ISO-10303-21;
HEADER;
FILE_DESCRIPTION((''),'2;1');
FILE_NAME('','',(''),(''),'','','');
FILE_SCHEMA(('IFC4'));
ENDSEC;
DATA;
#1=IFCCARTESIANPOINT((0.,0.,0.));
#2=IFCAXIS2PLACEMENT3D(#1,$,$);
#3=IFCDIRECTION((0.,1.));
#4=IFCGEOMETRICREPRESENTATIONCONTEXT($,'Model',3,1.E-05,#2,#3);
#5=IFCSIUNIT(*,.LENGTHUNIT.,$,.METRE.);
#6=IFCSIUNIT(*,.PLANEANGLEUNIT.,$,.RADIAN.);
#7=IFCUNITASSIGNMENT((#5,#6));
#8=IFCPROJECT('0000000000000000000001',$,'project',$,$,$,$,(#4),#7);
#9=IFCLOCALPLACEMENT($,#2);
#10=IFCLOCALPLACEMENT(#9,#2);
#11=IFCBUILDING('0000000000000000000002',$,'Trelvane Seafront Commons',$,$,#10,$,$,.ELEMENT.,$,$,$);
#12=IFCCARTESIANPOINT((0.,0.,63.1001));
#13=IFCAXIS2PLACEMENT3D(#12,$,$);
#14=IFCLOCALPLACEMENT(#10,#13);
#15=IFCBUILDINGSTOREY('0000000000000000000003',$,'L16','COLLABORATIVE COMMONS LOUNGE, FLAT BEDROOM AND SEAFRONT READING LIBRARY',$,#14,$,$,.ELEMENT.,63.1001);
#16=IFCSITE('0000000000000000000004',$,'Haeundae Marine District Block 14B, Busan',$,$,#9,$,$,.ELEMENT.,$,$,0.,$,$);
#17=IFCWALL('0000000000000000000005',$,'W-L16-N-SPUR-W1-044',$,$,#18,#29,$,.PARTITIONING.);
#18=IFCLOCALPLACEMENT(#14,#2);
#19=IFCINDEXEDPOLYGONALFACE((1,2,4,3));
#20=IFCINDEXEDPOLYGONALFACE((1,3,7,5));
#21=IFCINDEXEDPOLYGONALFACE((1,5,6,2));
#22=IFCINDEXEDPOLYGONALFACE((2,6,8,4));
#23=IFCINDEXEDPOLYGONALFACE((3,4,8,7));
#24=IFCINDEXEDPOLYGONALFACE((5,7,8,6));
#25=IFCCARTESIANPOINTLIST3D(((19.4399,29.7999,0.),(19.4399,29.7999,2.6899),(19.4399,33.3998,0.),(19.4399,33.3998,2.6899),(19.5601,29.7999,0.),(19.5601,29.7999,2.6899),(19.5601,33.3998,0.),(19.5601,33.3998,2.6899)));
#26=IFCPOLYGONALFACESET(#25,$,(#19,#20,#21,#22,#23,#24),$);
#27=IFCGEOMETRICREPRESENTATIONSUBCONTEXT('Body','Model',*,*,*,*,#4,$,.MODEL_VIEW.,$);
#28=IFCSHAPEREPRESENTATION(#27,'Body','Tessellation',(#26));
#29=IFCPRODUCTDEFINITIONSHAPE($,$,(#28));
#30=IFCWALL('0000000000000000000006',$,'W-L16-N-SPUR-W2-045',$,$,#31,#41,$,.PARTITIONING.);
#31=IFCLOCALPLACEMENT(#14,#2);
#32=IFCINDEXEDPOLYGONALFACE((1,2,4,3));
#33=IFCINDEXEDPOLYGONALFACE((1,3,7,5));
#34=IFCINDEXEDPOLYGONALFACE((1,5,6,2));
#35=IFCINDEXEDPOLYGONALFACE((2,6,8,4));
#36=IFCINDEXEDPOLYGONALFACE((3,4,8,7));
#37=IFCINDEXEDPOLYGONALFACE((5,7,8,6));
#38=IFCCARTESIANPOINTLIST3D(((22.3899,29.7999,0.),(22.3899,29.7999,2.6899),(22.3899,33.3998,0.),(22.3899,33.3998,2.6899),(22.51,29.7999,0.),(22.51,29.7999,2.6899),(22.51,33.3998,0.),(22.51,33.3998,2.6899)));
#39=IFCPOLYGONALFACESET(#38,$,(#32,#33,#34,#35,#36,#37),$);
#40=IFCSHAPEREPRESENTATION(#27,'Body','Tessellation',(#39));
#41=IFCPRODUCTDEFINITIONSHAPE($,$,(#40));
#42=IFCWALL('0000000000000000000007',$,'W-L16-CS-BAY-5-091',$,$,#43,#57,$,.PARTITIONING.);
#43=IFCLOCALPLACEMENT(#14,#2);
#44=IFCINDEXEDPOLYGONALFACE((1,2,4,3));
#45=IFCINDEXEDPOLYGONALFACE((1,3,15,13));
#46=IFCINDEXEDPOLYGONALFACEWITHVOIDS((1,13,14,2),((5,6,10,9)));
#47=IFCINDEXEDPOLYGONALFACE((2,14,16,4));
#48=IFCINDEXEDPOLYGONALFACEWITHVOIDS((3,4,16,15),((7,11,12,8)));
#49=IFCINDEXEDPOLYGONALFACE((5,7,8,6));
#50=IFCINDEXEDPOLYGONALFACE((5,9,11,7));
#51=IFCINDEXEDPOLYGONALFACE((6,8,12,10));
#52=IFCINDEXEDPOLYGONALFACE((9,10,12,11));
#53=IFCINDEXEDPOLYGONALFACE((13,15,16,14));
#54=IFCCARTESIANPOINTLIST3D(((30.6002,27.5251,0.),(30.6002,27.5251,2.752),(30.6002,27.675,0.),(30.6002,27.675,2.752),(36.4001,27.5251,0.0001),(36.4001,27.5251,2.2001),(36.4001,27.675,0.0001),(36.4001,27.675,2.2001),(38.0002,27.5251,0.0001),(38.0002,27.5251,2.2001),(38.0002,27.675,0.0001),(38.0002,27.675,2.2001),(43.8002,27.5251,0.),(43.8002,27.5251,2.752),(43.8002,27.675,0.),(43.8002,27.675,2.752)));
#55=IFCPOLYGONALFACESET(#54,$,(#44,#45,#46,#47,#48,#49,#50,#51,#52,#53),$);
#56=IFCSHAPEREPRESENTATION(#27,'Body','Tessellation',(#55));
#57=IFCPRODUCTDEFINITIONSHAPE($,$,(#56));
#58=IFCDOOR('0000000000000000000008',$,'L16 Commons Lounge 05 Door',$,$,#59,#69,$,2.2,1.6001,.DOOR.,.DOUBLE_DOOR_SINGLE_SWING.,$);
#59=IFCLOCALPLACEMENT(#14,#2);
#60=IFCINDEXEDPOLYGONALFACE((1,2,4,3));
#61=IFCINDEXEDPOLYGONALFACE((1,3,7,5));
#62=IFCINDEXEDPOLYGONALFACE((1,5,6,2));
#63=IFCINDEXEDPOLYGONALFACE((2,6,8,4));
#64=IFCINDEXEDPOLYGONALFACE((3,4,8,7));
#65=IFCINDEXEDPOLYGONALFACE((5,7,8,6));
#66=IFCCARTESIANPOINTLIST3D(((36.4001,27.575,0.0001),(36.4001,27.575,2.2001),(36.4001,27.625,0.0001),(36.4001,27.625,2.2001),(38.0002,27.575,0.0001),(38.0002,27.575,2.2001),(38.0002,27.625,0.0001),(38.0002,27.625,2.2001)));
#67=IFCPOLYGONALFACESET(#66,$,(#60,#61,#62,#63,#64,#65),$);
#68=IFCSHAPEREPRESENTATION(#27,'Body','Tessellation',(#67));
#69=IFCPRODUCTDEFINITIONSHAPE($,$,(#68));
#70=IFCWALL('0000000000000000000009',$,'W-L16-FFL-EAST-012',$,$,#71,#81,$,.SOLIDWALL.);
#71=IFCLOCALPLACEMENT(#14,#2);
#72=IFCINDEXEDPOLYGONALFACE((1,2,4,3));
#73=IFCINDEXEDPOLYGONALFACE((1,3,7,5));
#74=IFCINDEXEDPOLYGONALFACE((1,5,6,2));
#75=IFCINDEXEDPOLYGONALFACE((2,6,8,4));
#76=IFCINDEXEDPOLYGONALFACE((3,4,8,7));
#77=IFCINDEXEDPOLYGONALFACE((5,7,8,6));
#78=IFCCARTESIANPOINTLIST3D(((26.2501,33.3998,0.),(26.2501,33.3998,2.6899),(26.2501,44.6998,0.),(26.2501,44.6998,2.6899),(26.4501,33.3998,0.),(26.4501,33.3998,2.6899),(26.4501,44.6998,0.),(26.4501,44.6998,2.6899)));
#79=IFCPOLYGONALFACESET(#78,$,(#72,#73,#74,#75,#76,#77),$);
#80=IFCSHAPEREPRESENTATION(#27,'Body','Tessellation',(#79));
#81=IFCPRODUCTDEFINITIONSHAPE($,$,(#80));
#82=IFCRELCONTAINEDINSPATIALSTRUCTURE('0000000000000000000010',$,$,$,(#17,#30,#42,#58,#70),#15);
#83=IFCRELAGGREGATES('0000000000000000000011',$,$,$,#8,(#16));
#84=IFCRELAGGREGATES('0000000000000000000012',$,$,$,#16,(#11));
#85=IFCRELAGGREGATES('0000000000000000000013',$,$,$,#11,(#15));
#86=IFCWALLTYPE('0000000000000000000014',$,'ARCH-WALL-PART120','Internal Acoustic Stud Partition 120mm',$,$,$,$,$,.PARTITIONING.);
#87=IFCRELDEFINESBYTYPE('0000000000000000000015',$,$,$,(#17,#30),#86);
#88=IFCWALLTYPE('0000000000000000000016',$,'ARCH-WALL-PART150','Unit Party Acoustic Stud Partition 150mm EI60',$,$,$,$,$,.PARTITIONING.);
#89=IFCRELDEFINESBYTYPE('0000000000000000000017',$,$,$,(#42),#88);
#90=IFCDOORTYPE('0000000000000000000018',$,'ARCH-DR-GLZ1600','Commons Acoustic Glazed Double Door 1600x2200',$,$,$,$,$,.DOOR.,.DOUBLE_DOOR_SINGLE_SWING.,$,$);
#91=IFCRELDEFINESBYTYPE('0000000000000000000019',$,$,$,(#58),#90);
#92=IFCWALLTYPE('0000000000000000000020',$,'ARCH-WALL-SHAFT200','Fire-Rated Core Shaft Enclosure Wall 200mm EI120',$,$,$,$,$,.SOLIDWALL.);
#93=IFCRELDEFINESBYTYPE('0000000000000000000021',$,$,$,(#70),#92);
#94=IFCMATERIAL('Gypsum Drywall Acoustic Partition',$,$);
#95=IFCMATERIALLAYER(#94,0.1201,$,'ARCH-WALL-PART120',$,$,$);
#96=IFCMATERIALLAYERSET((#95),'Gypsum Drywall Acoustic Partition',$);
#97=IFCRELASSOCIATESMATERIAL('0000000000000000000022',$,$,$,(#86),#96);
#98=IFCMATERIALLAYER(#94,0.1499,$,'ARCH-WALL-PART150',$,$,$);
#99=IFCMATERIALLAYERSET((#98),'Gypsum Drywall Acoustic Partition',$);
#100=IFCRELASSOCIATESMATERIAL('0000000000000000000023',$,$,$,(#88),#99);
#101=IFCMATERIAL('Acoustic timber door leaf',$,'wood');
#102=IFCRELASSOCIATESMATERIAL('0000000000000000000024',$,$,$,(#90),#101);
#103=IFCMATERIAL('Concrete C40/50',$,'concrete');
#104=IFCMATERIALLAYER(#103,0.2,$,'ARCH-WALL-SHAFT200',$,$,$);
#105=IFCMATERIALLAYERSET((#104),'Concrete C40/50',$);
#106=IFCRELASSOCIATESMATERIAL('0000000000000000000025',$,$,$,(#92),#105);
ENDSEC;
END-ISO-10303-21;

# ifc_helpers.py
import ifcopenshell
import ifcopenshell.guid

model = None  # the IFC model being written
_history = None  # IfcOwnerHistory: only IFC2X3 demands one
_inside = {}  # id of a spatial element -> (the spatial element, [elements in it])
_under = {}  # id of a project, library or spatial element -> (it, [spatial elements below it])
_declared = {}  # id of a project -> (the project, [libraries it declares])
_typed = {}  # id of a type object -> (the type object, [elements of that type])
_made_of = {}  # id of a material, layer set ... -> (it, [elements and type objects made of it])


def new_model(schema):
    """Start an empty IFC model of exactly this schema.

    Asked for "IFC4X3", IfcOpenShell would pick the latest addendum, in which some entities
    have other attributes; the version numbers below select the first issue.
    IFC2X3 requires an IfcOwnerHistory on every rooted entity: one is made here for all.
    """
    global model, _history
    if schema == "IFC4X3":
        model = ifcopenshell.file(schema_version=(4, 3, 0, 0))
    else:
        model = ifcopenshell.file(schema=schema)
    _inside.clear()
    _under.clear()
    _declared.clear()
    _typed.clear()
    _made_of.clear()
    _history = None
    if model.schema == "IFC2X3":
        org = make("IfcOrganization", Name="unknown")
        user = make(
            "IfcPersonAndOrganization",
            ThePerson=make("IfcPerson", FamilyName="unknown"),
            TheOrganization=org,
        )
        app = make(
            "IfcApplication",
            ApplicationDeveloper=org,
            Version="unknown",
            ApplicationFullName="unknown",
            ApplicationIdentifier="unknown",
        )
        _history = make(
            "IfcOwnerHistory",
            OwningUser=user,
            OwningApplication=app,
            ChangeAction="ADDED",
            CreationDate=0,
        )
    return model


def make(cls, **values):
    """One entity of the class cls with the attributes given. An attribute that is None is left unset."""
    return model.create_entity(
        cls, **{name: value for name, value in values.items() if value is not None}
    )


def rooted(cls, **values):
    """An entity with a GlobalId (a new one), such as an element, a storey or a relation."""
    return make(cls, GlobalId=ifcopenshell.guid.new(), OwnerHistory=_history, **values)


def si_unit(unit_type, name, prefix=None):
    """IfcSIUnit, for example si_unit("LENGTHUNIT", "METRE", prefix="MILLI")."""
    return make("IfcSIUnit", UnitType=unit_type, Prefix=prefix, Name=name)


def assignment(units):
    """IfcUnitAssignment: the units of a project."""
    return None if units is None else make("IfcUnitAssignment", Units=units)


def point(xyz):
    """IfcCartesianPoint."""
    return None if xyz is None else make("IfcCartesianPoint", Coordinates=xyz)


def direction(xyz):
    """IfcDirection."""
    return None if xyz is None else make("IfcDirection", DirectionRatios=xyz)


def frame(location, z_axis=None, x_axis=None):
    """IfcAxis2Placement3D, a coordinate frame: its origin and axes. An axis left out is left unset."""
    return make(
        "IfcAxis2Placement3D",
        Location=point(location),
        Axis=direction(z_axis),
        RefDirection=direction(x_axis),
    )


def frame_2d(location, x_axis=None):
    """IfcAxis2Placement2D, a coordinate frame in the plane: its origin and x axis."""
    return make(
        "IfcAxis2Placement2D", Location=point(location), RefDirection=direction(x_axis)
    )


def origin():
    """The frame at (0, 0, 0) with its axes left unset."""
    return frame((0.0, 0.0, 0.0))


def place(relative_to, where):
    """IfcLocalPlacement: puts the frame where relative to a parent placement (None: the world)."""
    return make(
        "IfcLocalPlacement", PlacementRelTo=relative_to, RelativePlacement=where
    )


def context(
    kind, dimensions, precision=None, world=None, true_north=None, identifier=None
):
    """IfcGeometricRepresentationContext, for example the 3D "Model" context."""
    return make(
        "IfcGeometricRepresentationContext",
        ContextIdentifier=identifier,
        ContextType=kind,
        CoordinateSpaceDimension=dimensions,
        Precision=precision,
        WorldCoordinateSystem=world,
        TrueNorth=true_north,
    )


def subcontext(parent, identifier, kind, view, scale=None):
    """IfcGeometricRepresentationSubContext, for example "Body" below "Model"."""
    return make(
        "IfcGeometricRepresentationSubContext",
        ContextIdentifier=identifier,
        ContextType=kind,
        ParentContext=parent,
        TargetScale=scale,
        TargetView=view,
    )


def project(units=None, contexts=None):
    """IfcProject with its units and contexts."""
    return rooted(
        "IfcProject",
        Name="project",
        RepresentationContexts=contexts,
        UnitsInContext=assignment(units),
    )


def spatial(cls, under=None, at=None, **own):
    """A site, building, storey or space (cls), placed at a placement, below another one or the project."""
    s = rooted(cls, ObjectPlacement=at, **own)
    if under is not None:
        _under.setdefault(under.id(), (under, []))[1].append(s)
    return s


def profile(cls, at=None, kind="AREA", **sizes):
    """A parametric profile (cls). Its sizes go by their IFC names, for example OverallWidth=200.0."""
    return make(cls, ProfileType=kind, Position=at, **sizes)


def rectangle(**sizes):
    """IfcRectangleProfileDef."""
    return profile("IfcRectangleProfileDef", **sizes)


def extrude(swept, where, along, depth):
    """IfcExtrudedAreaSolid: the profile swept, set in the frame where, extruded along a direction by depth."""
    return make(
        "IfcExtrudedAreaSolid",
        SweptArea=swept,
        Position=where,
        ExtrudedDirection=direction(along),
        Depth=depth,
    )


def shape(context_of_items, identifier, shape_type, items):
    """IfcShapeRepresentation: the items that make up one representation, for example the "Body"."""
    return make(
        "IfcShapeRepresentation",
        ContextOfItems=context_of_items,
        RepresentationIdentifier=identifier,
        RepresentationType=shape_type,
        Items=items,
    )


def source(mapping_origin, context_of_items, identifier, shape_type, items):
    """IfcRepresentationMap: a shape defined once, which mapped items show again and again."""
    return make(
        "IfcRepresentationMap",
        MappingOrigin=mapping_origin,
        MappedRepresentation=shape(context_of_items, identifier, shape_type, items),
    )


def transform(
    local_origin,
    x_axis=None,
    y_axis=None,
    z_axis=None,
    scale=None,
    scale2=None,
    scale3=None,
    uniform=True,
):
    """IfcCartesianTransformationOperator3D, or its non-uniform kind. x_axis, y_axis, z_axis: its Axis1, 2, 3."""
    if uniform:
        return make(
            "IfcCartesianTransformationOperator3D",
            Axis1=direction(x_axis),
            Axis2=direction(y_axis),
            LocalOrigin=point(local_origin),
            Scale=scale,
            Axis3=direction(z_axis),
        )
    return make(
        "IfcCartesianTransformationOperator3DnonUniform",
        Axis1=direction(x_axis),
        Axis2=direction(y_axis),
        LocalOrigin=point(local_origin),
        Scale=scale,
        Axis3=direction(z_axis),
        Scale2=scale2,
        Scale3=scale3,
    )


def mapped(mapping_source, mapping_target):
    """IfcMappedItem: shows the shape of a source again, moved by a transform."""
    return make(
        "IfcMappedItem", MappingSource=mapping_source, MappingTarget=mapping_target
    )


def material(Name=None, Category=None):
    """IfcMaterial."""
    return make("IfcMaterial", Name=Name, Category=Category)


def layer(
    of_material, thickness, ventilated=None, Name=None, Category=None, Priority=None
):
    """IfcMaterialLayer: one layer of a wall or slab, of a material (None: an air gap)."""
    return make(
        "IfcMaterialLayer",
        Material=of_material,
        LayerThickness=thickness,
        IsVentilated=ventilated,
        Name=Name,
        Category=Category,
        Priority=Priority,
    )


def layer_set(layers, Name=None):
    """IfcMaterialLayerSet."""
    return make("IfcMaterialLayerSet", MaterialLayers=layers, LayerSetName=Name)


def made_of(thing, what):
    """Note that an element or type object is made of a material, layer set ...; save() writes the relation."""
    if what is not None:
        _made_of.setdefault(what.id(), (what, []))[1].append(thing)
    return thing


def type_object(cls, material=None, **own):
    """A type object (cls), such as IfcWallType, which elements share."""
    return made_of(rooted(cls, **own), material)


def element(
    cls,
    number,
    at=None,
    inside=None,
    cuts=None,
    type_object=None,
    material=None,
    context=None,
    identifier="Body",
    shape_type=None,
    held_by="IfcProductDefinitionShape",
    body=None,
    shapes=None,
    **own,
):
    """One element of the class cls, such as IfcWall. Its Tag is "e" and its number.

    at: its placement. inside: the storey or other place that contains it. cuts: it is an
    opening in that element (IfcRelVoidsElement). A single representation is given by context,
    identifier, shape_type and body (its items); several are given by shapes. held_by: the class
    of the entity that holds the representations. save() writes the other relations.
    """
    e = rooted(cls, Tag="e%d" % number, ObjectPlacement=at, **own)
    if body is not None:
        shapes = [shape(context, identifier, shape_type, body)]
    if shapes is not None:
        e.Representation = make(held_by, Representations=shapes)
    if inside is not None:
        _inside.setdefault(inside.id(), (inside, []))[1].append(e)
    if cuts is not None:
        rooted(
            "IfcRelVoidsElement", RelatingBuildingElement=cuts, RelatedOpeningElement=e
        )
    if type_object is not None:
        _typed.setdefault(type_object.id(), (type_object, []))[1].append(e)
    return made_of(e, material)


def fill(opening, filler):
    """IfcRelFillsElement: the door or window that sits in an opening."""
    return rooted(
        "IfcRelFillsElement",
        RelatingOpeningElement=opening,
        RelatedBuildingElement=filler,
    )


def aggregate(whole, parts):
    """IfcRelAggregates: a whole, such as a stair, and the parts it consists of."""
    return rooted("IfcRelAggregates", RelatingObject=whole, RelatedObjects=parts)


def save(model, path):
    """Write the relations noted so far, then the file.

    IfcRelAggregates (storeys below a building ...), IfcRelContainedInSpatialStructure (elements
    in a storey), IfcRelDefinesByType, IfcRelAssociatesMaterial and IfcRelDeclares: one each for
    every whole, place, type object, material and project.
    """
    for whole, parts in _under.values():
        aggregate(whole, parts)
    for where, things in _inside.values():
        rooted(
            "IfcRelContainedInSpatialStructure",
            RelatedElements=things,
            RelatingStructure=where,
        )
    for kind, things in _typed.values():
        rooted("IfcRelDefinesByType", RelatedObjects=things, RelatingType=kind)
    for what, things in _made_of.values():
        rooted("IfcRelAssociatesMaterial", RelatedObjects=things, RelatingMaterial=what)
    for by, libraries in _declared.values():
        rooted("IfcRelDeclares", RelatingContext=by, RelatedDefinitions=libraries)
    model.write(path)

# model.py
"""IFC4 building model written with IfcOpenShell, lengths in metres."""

from ifc_helpers import new_model, si_unit, direction, frame, frame_2d, origin, place, context, subcontext, project, spatial, rectangle, extrude, source, transform, mapped, material, layer, layer_set, type_object, element, fill, save


model = new_model("IFC4")

# Units and contexts
model_context = context("Model", 3, precision=1e-05, world=origin(), true_north=direction((0.0, 1.0)))
body_context = subcontext(model_context, "Body", "Model", "MODEL_VIEW")
ifc_project = project(units=[si_unit("LENGTHUNIT", "METRE"), si_unit("PLANEANGLEUNIT", "RADIAN")], contexts=[model_context])

# Site, building, storey
site_placement = place(None, origin())
site = spatial("IfcSite", under=ifc_project, at=site_placement, Name="Haeundae Marine District Block 14B, Busan", CompositionType="ELEMENT", RefElevation=0.0)
building_placement = place(site_placement, origin())
building = spatial("IfcBuilding", under=site, at=building_placement, Name="Trelvane Seafront Commons", CompositionType="ELEMENT")
storey_placement = place(building_placement, frame((0.0, 0.0, 63.1001)))
storey = spatial("IfcBuildingStorey", under=building, at=storey_placement, Name="L16", Description="COLLABORATIVE COMMONS LOUNGE, FLAT BEDROOM AND SEAFRONT READING LIBRARY", CompositionType="ELEMENT", Elevation=63.1001)

# Shared definitions
ifc_material_1 = material(Name="Concrete C40/50", Category="concrete")
shared_shape_1 = source(origin(), body_context, "Body", "SweptSolid", [
    extrude(rectangle(XDim=1.6001, YDim=2.2, at=frame_2d((0.8, 1.1001))), frame((0.0, 0.0249, 0.0), z_axis=(0.0, -1.0, 0.0), x_axis=(1.0, 0.0, 0.0)), (0.0, 0.0, 1.0), 0.05),
])
ifc_material_2 = material(Name="Gypsum Drywall Acoustic Partition")
ifc_layer_1 = layer(ifc_material_2, 0.1201, Name="ARCH-WALL-PART120")
ifc_layer_set_1 = layer_set([ifc_layer_1], Name="Gypsum Drywall Acoustic Partition")
wall_type_1 = type_object("IfcWallType", Name="ARCH-WALL-PART120", Description="Internal Acoustic Stud Partition 120mm", PredefinedType="PARTITIONING", material=ifc_layer_set_1)
ifc_material_3 = material(Name="Acoustic timber door leaf", Category="wood")

# Walls
for number, where, z_axis, x_axis, name in (
    (1, (19.5, 29.8, 0.0), (0.0, 0.0, 1.0), (0.0, 1.0, 0.0), "W-L16-N-SPUR-W1-044"),
    (2, (22.45, 29.8, 0.0), (0.0, 0.0, 1.0), (0.0, 1.0, 0.0), "W-L16-N-SPUR-W2-045"),
):
    element("IfcWall", number, at=place(storey_placement, frame(where, z_axis=z_axis, x_axis=x_axis)), inside=storey, type_object=wall_type_1, Name=name, PredefinedType="PARTITIONING", context=body_context, shape_type="SweptSolid", body=[
        extrude(rectangle(XDim=3.5999, YDim=0.1201, at=frame_2d((1.7998, 0.0))), origin(), (0.0, 0.0, 1.0), 2.6899),
    ])

# Wall, opening, door
ifc_layer_2 = layer(ifc_material_2, 0.1499, Name="ARCH-WALL-PART150")
ifc_layer_set_2 = layer_set([ifc_layer_2], Name="Gypsum Drywall Acoustic Partition")
wall_type_2 = type_object("IfcWallType", Name="ARCH-WALL-PART150", Description="Unit Party Acoustic Stud Partition 150mm EI60", PredefinedType="PARTITIONING", material=ifc_layer_set_2)
wall_1_placement = place(storey_placement, frame((30.6001, 27.6001, 0.0), z_axis=(0.0, 0.0, 1.0), x_axis=(1.0, 0.0, 0.0)))
wall_1 = element("IfcWall", 3, at=wall_1_placement, inside=storey, type_object=wall_type_2, Name="W-L16-CS-BAY-5-091", PredefinedType="PARTITIONING", context=body_context, shape_type="SweptSolid", body=[
    extrude(rectangle(XDim=13.2, YDim=0.1499, at=frame_2d((6.6001, 0.0))), origin(), (0.0, 0.0, 1.0), 2.752),
])
opening_1_placement = place(wall_1_placement, frame((5.8, 0.0, 0.0)))
opening_1 = element("IfcOpeningElement", 4, at=opening_1_placement, cuts=wall_1, PredefinedType="OPENING", context=body_context, shape_type="SweptSolid", body=[
    extrude(rectangle(XDim=1.6001, YDim=2.2, at=frame_2d((0.8, 1.1001))), frame((0.0, 0.085, 0.0), z_axis=(0.0, -1.0, 0.0), x_axis=(1.0, 0.0, 0.0)), (0.0, 0.0, 1.0), 0.1699),
])
door_type_1 = type_object("IfcDoorType", Name="ARCH-DR-GLZ1600", Description="Commons Acoustic Glazed Double Door 1600x2200", OperationType="DOUBLE_DOOR_SINGLE_SWING", PredefinedType="DOOR", material=ifc_material_3)
door_1_placement = place(opening_1_placement, origin())
door_1 = element("IfcDoor", 5, at=door_1_placement, inside=storey, type_object=door_type_1, Name="L16 Commons Lounge 05 Door", OperationType="DOUBLE_DOOR_SINGLE_SWING", OverallHeight=2.2, OverallWidth=1.6001, PredefinedType="DOOR", context=body_context, shape_type="MappedRepresentation", body=[
    mapped(shared_shape_1, transform((0.0, 0.0, 0.0), x_axis=(1.0, 0.0, 0.0), y_axis=(0.0, 1.0, 0.0), z_axis=(0.0, 0.0, 1.0), scale=1.0)),
])
fill(opening_1, door_1)

# Shared definitions
ifc_layer_3 = layer(ifc_material_1, 0.2, Name="ARCH-WALL-SHAFT200")
ifc_layer_set_3 = layer_set([ifc_layer_3], Name="Concrete C40/50")
wall_type_3 = type_object("IfcWallType", Name="ARCH-WALL-SHAFT200", Description="Fire-Rated Core Shaft Enclosure Wall 200mm EI120", PredefinedType="SOLIDWALL", material=ifc_layer_set_3)

# Wall
wall_2_placement = place(storey_placement, frame((26.3501, 33.3999, 0.0), z_axis=(0.0, 0.0, 1.0), x_axis=(0.0, 1.0, 0.0)))
element("IfcWall", 6, at=wall_2_placement, inside=storey, type_object=wall_type_3, Name="W-L16-FFL-EAST-012", PredefinedType="SOLIDWALL", context=body_context, shape_type="SweptSolid", body=[
    extrude(rectangle(XDim=11.3, YDim=0.2, at=frame_2d((5.6499, 0.0))), origin(), (0.0, 0.0, 1.0), 2.6899),
])

save(model, "model.ifc")
